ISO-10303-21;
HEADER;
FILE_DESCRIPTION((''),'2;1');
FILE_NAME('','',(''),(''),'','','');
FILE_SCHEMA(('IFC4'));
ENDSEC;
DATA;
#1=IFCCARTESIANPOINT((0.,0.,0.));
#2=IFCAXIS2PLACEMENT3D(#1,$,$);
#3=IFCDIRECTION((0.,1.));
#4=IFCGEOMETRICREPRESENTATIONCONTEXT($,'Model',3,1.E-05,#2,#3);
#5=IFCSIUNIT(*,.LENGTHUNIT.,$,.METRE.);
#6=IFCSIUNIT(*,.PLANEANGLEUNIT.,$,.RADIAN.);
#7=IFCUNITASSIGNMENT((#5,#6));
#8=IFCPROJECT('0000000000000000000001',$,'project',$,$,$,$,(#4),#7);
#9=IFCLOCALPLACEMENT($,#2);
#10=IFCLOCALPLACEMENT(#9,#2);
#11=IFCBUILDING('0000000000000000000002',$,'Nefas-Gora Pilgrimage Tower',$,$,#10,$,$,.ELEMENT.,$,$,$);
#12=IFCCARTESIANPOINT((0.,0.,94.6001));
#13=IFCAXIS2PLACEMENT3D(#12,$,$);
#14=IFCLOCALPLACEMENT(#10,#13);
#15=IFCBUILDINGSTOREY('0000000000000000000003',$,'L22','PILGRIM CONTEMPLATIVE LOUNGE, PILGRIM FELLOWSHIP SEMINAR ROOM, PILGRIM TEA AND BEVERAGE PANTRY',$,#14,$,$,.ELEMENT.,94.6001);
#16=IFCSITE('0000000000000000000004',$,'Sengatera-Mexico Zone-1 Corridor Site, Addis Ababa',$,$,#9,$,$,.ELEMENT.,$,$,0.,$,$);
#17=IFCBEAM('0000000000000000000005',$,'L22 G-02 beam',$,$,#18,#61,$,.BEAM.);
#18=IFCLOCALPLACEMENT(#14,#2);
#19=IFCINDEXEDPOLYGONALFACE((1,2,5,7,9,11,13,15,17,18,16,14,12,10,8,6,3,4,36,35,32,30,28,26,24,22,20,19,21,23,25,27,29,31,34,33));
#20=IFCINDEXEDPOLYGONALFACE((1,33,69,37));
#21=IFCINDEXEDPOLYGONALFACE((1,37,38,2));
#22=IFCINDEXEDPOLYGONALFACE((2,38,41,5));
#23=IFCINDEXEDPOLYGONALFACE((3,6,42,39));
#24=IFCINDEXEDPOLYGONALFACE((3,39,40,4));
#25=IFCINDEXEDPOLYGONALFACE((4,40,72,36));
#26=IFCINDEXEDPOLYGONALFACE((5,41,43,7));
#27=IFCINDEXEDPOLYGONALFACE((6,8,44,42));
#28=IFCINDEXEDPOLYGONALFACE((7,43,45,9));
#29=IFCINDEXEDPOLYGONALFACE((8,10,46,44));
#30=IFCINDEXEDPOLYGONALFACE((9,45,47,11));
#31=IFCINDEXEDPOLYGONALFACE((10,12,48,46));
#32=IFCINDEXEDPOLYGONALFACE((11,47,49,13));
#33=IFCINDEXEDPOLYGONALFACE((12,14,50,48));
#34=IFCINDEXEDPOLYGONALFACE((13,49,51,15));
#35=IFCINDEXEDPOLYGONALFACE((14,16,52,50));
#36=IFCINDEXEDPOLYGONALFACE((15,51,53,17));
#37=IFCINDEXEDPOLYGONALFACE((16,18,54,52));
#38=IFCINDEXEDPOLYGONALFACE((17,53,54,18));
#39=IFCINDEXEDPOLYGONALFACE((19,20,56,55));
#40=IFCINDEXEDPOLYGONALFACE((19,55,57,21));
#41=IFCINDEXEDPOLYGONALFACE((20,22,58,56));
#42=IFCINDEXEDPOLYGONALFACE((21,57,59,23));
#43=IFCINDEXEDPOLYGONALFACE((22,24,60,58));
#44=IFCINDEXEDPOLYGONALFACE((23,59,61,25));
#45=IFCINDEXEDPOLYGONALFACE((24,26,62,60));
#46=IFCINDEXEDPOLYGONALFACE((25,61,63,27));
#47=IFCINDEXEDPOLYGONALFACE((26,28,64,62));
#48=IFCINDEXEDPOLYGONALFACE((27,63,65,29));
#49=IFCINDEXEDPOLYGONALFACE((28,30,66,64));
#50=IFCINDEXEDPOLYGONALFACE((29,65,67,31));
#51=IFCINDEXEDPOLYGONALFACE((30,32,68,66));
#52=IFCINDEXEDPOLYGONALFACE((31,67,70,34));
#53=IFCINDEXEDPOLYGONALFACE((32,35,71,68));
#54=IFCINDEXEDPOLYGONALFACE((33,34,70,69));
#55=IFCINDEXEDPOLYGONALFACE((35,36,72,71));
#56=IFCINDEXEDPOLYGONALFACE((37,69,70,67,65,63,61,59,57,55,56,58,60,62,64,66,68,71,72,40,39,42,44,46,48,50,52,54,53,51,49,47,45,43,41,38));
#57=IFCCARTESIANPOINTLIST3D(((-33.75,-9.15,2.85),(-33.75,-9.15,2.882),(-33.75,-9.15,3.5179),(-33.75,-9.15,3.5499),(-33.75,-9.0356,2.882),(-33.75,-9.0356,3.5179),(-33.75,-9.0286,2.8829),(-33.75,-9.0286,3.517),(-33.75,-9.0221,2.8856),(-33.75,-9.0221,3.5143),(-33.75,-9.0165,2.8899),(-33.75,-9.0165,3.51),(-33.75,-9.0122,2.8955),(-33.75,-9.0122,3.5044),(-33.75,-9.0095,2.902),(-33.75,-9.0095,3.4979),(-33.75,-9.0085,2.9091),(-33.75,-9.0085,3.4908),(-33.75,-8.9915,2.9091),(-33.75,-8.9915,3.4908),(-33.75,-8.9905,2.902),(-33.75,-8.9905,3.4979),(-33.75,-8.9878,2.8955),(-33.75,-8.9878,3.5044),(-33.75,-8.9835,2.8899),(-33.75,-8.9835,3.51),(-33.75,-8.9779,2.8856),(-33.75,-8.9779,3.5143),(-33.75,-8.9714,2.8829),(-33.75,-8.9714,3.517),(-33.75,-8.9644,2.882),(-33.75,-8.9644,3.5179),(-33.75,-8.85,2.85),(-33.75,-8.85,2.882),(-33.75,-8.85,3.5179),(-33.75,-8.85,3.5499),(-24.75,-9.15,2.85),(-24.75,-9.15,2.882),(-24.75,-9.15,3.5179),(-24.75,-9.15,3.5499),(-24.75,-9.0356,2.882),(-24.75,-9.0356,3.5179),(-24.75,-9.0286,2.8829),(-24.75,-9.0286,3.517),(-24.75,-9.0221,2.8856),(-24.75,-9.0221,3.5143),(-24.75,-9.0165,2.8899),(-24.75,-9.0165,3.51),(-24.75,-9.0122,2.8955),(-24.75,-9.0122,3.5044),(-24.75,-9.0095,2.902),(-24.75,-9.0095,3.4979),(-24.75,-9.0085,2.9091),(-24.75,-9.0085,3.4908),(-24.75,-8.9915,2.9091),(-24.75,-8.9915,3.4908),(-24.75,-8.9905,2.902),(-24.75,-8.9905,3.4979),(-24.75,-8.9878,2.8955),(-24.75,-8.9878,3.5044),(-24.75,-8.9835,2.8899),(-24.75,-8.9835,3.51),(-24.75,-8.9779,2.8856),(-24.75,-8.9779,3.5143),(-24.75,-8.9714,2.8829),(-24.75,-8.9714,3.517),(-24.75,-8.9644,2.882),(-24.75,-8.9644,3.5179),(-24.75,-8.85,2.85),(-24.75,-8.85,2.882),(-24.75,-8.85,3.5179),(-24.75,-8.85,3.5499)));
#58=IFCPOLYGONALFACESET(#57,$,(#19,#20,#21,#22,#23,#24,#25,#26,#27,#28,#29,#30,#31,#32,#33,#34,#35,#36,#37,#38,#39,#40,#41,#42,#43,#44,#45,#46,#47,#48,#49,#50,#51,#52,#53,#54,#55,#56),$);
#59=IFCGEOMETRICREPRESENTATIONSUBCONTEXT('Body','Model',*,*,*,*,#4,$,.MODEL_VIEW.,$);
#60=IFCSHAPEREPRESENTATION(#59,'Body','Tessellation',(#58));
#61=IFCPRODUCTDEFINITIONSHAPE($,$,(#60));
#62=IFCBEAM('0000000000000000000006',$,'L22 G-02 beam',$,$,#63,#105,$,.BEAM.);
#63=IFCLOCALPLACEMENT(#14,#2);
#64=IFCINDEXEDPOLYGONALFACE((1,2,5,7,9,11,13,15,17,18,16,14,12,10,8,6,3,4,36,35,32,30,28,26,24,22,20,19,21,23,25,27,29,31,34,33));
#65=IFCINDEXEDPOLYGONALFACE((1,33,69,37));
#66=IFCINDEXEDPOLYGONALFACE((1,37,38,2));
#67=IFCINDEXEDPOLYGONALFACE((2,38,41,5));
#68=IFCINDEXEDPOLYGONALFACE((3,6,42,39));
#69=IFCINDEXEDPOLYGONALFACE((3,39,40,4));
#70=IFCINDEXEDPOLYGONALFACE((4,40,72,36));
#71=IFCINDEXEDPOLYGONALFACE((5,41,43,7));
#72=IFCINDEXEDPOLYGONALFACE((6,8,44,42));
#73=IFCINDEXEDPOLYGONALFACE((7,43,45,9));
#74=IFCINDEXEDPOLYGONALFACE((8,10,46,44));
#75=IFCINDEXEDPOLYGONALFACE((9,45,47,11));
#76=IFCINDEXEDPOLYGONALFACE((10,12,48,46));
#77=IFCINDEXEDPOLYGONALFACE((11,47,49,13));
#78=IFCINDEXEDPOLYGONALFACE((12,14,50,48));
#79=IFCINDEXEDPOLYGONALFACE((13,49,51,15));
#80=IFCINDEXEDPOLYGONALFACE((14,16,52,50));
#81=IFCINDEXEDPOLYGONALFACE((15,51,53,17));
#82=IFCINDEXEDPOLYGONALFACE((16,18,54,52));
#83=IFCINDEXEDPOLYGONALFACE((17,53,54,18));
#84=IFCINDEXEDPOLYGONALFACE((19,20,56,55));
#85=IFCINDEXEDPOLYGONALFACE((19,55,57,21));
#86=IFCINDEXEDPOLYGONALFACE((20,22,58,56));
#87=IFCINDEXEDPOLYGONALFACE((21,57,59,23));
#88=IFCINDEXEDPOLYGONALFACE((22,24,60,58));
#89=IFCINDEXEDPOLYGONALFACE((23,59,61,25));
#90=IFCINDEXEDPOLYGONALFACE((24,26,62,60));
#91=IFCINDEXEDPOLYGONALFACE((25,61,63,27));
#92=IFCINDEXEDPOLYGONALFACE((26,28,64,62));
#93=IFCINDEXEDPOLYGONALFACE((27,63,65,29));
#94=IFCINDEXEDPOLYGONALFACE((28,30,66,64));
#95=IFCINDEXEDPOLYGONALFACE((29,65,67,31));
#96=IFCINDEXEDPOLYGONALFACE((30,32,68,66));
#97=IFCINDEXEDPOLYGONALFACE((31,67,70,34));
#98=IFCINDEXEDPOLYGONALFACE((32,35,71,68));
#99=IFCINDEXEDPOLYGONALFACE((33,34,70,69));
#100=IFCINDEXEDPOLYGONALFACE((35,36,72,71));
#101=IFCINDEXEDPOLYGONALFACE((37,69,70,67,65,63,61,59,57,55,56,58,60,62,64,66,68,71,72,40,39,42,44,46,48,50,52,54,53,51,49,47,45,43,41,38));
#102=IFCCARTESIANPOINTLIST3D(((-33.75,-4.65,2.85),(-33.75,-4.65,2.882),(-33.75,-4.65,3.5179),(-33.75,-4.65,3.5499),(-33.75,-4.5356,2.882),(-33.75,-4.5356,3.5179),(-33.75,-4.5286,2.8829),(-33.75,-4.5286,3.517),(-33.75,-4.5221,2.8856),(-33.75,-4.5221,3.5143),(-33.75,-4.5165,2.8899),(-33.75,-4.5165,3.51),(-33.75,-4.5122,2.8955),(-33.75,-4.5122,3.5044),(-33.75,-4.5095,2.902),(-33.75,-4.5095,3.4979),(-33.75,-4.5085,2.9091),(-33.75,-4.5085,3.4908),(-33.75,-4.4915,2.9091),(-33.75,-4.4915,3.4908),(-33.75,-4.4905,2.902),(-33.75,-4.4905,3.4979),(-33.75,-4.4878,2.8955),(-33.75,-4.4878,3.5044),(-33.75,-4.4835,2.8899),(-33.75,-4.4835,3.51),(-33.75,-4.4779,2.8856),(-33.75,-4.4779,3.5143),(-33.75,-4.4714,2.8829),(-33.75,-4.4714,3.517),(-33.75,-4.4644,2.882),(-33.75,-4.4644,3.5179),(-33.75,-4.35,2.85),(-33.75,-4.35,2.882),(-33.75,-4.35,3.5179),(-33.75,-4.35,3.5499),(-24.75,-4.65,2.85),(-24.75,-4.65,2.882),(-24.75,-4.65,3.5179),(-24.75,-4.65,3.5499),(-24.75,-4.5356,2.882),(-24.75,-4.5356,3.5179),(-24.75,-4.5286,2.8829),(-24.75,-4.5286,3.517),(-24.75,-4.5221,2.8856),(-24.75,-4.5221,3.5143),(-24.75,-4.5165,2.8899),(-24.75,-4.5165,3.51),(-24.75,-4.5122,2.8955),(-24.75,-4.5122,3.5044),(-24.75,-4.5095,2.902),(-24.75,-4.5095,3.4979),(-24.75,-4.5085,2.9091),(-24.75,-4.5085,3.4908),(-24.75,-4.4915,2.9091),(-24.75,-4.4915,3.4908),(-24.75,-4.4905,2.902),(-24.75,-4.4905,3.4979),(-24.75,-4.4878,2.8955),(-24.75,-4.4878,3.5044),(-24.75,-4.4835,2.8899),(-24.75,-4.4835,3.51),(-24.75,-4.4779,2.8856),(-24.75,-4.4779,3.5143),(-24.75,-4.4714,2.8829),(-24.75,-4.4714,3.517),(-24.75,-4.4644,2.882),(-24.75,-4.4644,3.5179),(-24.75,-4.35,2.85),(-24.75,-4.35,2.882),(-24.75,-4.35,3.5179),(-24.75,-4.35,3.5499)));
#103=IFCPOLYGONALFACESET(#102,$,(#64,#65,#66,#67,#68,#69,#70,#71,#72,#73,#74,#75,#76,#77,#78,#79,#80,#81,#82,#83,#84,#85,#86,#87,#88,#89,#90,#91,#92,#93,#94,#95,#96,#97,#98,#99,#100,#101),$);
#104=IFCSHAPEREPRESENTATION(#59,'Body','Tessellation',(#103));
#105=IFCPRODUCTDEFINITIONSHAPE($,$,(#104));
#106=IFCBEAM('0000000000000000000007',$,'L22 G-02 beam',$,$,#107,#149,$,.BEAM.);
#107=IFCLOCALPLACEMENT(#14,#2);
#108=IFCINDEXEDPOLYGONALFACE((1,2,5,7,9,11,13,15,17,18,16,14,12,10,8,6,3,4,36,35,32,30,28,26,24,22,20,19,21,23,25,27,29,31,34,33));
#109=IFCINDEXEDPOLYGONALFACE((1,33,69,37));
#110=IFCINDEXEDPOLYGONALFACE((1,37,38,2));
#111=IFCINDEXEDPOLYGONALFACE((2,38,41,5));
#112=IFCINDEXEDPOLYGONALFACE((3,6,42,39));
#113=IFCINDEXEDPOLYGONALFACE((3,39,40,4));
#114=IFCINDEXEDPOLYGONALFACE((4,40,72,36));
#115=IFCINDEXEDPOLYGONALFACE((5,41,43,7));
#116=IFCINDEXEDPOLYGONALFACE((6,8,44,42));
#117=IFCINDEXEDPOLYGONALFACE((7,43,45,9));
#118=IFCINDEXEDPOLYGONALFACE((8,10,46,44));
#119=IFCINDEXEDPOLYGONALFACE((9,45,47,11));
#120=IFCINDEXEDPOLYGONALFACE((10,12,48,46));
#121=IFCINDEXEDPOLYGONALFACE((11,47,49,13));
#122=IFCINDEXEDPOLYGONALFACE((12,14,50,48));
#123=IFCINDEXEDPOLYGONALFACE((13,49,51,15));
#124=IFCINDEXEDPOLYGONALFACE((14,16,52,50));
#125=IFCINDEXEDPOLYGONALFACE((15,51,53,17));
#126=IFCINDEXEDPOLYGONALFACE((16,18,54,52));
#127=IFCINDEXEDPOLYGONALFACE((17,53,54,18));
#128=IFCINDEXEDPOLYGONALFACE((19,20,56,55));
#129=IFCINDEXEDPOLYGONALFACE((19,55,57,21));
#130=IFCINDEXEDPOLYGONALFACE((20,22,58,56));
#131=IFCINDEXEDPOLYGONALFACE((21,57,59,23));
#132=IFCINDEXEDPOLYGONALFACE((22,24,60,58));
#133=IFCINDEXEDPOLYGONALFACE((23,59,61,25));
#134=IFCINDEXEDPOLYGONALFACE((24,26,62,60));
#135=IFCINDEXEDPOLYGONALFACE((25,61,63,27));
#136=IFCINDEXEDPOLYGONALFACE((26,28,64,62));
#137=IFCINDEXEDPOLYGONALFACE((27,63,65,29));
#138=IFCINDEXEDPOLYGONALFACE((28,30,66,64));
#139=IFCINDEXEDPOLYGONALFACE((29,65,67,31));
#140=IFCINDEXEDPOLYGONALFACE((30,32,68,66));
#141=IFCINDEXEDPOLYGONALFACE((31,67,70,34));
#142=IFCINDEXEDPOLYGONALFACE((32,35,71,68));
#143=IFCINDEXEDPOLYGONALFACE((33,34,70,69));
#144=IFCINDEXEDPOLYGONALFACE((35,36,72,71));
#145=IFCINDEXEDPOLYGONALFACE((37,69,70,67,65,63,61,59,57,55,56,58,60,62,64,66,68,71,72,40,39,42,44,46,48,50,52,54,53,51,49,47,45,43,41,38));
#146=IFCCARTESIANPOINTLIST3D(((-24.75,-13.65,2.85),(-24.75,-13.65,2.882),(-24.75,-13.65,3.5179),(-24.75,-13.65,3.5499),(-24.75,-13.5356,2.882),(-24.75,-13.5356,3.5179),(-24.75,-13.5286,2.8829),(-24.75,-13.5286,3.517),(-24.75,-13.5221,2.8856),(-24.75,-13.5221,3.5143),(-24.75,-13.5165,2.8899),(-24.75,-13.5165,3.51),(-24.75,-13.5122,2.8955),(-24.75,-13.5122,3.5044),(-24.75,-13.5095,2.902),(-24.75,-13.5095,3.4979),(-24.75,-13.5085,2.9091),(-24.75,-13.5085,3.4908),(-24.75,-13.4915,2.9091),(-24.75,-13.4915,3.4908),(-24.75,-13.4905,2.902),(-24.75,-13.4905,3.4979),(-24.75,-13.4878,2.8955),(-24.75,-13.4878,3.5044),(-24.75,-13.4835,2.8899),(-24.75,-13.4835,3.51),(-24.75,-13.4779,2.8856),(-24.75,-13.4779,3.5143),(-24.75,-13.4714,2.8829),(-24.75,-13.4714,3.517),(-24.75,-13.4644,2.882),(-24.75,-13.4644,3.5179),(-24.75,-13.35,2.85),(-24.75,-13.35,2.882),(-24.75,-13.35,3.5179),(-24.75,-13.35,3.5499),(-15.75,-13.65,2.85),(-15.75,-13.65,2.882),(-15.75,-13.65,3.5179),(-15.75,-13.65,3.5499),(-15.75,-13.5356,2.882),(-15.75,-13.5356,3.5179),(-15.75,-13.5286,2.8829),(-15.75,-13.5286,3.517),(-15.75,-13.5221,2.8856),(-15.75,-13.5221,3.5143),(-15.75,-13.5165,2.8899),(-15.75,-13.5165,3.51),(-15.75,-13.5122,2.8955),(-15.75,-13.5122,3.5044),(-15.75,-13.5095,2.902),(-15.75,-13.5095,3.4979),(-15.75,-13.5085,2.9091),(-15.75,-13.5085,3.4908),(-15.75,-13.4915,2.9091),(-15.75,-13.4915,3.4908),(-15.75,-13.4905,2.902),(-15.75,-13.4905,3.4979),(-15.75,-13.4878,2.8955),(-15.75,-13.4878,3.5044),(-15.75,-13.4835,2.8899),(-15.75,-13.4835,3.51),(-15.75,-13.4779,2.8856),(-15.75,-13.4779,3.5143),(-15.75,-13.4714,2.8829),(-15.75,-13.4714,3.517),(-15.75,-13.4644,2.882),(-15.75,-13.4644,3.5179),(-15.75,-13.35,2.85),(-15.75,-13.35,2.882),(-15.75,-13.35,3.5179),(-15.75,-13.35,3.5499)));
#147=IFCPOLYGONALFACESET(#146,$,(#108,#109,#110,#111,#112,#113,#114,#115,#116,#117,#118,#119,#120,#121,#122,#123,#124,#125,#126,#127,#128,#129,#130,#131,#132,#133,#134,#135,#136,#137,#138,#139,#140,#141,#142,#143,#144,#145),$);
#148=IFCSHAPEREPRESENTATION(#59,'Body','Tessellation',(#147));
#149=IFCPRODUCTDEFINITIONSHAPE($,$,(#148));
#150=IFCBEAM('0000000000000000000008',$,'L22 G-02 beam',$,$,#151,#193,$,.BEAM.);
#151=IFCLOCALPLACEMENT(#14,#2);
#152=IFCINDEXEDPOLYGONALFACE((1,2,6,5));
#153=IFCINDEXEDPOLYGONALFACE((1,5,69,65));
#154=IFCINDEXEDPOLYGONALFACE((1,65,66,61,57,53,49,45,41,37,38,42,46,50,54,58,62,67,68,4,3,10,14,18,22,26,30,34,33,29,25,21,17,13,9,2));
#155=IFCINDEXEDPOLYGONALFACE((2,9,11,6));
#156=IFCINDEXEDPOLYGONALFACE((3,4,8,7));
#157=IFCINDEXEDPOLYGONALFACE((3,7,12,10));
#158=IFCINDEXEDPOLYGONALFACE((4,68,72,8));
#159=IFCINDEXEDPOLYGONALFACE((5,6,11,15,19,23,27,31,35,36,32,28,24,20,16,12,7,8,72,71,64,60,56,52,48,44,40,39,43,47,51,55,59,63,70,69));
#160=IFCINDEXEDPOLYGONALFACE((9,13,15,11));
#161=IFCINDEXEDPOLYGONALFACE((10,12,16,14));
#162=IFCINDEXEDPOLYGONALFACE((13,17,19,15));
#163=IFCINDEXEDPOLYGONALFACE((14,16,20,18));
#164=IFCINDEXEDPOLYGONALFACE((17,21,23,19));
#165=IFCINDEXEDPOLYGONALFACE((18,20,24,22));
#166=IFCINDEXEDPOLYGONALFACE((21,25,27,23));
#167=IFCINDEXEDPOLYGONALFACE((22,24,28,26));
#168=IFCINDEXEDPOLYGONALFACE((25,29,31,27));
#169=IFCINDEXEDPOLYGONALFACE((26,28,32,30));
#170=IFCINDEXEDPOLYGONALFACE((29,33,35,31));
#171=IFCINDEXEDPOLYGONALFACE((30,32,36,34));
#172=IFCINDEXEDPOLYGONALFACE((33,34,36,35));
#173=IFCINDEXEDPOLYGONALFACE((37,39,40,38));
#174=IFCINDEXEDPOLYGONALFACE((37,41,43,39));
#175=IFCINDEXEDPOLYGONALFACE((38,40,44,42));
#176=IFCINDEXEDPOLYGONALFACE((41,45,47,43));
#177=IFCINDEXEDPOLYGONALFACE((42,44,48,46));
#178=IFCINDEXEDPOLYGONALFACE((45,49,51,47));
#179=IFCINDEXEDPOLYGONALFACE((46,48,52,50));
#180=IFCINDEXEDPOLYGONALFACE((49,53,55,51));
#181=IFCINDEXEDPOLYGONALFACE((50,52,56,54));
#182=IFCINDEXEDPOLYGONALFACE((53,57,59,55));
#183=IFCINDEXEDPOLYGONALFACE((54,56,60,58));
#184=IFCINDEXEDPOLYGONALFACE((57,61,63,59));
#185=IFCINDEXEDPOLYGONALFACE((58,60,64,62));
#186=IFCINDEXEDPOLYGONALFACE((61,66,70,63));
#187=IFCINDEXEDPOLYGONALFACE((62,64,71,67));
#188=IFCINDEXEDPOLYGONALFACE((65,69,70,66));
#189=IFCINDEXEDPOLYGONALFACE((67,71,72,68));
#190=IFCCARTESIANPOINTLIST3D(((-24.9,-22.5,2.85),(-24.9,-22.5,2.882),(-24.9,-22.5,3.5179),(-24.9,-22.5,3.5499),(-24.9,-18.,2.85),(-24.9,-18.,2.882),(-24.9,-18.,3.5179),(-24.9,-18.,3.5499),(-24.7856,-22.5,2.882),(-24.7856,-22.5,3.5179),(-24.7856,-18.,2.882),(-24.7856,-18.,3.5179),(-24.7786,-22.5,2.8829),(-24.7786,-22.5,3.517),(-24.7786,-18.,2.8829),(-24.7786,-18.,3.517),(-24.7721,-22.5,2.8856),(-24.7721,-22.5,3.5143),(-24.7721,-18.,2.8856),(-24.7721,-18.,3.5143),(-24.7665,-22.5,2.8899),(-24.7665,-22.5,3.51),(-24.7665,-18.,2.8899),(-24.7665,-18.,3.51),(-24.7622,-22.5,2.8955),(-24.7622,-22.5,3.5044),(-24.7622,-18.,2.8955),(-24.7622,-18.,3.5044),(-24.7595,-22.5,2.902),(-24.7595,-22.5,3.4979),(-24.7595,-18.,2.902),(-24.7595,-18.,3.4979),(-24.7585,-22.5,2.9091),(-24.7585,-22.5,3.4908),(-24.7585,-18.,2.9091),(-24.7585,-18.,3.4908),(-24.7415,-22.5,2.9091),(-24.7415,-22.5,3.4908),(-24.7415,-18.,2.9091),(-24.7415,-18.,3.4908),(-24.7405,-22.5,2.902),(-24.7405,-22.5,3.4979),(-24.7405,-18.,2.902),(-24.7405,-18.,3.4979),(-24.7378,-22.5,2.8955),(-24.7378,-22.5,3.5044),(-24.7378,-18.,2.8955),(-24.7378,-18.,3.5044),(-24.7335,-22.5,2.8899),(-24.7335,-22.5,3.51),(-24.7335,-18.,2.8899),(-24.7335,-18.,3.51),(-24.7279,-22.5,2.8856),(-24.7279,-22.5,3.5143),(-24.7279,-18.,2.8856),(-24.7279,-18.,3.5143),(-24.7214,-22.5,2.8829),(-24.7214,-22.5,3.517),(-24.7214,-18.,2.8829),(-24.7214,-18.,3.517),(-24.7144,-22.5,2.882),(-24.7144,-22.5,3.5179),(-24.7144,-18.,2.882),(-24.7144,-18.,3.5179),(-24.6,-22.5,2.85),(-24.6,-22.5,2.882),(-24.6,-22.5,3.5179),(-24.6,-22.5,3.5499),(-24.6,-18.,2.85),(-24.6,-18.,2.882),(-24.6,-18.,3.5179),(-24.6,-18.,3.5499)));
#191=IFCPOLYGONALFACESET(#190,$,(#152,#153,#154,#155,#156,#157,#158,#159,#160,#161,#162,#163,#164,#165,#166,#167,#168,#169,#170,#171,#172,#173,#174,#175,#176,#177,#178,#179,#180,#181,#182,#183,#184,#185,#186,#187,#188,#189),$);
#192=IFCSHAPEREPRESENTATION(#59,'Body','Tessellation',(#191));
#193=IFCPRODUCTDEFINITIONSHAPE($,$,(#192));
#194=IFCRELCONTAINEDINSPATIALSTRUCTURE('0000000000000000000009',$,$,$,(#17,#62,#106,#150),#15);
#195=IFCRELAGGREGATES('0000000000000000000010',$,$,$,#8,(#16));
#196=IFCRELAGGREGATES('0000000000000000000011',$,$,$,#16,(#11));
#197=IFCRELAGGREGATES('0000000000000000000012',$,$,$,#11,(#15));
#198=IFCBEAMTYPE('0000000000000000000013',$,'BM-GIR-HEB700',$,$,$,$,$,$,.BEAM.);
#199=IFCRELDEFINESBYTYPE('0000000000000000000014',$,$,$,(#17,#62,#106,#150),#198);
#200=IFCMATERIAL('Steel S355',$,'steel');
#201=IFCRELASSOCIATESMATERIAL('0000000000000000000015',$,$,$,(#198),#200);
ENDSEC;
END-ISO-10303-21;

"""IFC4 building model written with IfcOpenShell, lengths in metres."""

from ifc_helpers import new_model, si_unit, direction, frame, origin, origin_2d, place, context, subcontext, project, spatial, i_section, extrude, source, transform, mapped, material, material_profile, profile_set, type_object, element, save


model = new_model("IFC4")

# Units and contexts
model_context = context("Model", 3, precision=1e-05, world=origin(), true_north=direction((0.0, 1.0)))
body_context = subcontext(model_context, "Body", "Model", "MODEL_VIEW")
ifc_project = project(units=[si_unit("LENGTHUNIT", "METRE"), si_unit("PLANEANGLEUNIT", "RADIAN")], contexts=[model_context])

# Site, building, storey
site_placement = place(None, origin())
site = spatial("IfcSite", under=ifc_project, at=site_placement, Name="Sengatera-Mexico Zone-1 Corridor Site, Addis Ababa", CompositionType="ELEMENT", RefElevation=0.0)
building_placement = place(site_placement, origin())
building = spatial("IfcBuilding", under=site, at=building_placement, Name="Nefas-Gora Pilgrimage Tower", CompositionType="ELEMENT")
storey_placement = place(building_placement, frame((0.0, 0.0, 94.6001)))
storey = spatial("IfcBuildingStorey", under=building, at=storey_placement, Name="L22", Description="PILGRIM CONTEMPLATIVE LOUNGE, PILGRIM FELLOWSHIP SEMINAR ROOM, PILGRIM TEA AND BEVERAGE PANTRY", CompositionType="ELEMENT", Elevation=94.6001)

# Beams
ifc_material_1 = material(Name="Steel S355", Category="steel")
ifc_material_profile_1 = material_profile(ifc_material_1, i_section(OverallWidth=0.3, OverallDepth=0.7, WebThickness=0.0171, FlangeThickness=0.032, FilletRadius=0.0271, at=origin_2d()), Name="HEB 700")
ifc_profile_set_1 = profile_set([ifc_material_profile_1], Name="Steel S355")
beam_type_1 = type_object("IfcBeamType", Name="BM-GIR-HEB700", PredefinedType="BEAM", material=ifc_profile_set_1)
shared_shape_1 = source(origin(), body_context, "Body", "SweptSolid", [
    extrude(i_section(OverallWidth=0.3, OverallDepth=0.7, WebThickness=0.0171, FlangeThickness=0.032, FilletRadius=0.0271, at=origin_2d()), origin(), (0.0, 0.0, 1.0), 9.0),
])
for number, where, z_axis, x_axis, name in (
    (1, (-33.75, -9.0, 3.2), (1.0, 0.0, 0.0), (0.0, 1.0, 0.0), "L22 G-02 beam"),
    (2, (-33.75, -4.5, 3.2), (1.0, 0.0, 0.0), (0.0, 1.0, 0.0), "L22 G-02 beam"),
    (3, (-24.75, -13.5, 3.2), (1.0, 0.0, 0.0), (0.0, 1.0, 0.0), "L22 G-02 beam"),
):
    element("IfcBeam", number, at=place(storey_placement, frame(where, z_axis=z_axis, x_axis=x_axis)), inside=storey, type_object=beam_type_1, Name=name, PredefinedType="BEAM", context=body_context, shape_type="MappedRepresentation", body=[
        mapped(shared_shape_1, transform((0.0, 0.0, 0.0), x_axis=(1.0, 0.0, 0.0), y_axis=(0.0, 1.0, 0.0), z_axis=(0.0, 0.0, 1.0), scale=1.0)),
    ])
shared_shape_2 = source(origin(), body_context, "Body", "SweptSolid", [
    extrude(i_section(OverallWidth=0.3, OverallDepth=0.7, WebThickness=0.0171, FlangeThickness=0.032, FilletRadius=0.0271, at=origin_2d()), origin(), (0.0, 0.0, 1.0), 4.5),
])
for number, where, z_axis, x_axis, name in (
    (4, (-24.75, -22.5, 3.2), (0.0, 1.0, 0.0), (-1.0, 0.0, 0.0), "L22 G-02 beam"),
):
    element("IfcBeam", number, at=place(storey_placement, frame(where, z_axis=z_axis, x_axis=x_axis)), inside=storey, type_object=beam_type_1, Name=name, PredefinedType="BEAM", context=body_context, shape_type="MappedRepresentation", body=[
        mapped(shared_shape_2, transform((0.0, 0.0, 0.0), x_axis=(1.0, 0.0, 0.0), y_axis=(0.0, 1.0, 0.0), z_axis=(0.0, 0.0, 1.0), scale=1.0)),
    ])

save(model, "model.ifc")
